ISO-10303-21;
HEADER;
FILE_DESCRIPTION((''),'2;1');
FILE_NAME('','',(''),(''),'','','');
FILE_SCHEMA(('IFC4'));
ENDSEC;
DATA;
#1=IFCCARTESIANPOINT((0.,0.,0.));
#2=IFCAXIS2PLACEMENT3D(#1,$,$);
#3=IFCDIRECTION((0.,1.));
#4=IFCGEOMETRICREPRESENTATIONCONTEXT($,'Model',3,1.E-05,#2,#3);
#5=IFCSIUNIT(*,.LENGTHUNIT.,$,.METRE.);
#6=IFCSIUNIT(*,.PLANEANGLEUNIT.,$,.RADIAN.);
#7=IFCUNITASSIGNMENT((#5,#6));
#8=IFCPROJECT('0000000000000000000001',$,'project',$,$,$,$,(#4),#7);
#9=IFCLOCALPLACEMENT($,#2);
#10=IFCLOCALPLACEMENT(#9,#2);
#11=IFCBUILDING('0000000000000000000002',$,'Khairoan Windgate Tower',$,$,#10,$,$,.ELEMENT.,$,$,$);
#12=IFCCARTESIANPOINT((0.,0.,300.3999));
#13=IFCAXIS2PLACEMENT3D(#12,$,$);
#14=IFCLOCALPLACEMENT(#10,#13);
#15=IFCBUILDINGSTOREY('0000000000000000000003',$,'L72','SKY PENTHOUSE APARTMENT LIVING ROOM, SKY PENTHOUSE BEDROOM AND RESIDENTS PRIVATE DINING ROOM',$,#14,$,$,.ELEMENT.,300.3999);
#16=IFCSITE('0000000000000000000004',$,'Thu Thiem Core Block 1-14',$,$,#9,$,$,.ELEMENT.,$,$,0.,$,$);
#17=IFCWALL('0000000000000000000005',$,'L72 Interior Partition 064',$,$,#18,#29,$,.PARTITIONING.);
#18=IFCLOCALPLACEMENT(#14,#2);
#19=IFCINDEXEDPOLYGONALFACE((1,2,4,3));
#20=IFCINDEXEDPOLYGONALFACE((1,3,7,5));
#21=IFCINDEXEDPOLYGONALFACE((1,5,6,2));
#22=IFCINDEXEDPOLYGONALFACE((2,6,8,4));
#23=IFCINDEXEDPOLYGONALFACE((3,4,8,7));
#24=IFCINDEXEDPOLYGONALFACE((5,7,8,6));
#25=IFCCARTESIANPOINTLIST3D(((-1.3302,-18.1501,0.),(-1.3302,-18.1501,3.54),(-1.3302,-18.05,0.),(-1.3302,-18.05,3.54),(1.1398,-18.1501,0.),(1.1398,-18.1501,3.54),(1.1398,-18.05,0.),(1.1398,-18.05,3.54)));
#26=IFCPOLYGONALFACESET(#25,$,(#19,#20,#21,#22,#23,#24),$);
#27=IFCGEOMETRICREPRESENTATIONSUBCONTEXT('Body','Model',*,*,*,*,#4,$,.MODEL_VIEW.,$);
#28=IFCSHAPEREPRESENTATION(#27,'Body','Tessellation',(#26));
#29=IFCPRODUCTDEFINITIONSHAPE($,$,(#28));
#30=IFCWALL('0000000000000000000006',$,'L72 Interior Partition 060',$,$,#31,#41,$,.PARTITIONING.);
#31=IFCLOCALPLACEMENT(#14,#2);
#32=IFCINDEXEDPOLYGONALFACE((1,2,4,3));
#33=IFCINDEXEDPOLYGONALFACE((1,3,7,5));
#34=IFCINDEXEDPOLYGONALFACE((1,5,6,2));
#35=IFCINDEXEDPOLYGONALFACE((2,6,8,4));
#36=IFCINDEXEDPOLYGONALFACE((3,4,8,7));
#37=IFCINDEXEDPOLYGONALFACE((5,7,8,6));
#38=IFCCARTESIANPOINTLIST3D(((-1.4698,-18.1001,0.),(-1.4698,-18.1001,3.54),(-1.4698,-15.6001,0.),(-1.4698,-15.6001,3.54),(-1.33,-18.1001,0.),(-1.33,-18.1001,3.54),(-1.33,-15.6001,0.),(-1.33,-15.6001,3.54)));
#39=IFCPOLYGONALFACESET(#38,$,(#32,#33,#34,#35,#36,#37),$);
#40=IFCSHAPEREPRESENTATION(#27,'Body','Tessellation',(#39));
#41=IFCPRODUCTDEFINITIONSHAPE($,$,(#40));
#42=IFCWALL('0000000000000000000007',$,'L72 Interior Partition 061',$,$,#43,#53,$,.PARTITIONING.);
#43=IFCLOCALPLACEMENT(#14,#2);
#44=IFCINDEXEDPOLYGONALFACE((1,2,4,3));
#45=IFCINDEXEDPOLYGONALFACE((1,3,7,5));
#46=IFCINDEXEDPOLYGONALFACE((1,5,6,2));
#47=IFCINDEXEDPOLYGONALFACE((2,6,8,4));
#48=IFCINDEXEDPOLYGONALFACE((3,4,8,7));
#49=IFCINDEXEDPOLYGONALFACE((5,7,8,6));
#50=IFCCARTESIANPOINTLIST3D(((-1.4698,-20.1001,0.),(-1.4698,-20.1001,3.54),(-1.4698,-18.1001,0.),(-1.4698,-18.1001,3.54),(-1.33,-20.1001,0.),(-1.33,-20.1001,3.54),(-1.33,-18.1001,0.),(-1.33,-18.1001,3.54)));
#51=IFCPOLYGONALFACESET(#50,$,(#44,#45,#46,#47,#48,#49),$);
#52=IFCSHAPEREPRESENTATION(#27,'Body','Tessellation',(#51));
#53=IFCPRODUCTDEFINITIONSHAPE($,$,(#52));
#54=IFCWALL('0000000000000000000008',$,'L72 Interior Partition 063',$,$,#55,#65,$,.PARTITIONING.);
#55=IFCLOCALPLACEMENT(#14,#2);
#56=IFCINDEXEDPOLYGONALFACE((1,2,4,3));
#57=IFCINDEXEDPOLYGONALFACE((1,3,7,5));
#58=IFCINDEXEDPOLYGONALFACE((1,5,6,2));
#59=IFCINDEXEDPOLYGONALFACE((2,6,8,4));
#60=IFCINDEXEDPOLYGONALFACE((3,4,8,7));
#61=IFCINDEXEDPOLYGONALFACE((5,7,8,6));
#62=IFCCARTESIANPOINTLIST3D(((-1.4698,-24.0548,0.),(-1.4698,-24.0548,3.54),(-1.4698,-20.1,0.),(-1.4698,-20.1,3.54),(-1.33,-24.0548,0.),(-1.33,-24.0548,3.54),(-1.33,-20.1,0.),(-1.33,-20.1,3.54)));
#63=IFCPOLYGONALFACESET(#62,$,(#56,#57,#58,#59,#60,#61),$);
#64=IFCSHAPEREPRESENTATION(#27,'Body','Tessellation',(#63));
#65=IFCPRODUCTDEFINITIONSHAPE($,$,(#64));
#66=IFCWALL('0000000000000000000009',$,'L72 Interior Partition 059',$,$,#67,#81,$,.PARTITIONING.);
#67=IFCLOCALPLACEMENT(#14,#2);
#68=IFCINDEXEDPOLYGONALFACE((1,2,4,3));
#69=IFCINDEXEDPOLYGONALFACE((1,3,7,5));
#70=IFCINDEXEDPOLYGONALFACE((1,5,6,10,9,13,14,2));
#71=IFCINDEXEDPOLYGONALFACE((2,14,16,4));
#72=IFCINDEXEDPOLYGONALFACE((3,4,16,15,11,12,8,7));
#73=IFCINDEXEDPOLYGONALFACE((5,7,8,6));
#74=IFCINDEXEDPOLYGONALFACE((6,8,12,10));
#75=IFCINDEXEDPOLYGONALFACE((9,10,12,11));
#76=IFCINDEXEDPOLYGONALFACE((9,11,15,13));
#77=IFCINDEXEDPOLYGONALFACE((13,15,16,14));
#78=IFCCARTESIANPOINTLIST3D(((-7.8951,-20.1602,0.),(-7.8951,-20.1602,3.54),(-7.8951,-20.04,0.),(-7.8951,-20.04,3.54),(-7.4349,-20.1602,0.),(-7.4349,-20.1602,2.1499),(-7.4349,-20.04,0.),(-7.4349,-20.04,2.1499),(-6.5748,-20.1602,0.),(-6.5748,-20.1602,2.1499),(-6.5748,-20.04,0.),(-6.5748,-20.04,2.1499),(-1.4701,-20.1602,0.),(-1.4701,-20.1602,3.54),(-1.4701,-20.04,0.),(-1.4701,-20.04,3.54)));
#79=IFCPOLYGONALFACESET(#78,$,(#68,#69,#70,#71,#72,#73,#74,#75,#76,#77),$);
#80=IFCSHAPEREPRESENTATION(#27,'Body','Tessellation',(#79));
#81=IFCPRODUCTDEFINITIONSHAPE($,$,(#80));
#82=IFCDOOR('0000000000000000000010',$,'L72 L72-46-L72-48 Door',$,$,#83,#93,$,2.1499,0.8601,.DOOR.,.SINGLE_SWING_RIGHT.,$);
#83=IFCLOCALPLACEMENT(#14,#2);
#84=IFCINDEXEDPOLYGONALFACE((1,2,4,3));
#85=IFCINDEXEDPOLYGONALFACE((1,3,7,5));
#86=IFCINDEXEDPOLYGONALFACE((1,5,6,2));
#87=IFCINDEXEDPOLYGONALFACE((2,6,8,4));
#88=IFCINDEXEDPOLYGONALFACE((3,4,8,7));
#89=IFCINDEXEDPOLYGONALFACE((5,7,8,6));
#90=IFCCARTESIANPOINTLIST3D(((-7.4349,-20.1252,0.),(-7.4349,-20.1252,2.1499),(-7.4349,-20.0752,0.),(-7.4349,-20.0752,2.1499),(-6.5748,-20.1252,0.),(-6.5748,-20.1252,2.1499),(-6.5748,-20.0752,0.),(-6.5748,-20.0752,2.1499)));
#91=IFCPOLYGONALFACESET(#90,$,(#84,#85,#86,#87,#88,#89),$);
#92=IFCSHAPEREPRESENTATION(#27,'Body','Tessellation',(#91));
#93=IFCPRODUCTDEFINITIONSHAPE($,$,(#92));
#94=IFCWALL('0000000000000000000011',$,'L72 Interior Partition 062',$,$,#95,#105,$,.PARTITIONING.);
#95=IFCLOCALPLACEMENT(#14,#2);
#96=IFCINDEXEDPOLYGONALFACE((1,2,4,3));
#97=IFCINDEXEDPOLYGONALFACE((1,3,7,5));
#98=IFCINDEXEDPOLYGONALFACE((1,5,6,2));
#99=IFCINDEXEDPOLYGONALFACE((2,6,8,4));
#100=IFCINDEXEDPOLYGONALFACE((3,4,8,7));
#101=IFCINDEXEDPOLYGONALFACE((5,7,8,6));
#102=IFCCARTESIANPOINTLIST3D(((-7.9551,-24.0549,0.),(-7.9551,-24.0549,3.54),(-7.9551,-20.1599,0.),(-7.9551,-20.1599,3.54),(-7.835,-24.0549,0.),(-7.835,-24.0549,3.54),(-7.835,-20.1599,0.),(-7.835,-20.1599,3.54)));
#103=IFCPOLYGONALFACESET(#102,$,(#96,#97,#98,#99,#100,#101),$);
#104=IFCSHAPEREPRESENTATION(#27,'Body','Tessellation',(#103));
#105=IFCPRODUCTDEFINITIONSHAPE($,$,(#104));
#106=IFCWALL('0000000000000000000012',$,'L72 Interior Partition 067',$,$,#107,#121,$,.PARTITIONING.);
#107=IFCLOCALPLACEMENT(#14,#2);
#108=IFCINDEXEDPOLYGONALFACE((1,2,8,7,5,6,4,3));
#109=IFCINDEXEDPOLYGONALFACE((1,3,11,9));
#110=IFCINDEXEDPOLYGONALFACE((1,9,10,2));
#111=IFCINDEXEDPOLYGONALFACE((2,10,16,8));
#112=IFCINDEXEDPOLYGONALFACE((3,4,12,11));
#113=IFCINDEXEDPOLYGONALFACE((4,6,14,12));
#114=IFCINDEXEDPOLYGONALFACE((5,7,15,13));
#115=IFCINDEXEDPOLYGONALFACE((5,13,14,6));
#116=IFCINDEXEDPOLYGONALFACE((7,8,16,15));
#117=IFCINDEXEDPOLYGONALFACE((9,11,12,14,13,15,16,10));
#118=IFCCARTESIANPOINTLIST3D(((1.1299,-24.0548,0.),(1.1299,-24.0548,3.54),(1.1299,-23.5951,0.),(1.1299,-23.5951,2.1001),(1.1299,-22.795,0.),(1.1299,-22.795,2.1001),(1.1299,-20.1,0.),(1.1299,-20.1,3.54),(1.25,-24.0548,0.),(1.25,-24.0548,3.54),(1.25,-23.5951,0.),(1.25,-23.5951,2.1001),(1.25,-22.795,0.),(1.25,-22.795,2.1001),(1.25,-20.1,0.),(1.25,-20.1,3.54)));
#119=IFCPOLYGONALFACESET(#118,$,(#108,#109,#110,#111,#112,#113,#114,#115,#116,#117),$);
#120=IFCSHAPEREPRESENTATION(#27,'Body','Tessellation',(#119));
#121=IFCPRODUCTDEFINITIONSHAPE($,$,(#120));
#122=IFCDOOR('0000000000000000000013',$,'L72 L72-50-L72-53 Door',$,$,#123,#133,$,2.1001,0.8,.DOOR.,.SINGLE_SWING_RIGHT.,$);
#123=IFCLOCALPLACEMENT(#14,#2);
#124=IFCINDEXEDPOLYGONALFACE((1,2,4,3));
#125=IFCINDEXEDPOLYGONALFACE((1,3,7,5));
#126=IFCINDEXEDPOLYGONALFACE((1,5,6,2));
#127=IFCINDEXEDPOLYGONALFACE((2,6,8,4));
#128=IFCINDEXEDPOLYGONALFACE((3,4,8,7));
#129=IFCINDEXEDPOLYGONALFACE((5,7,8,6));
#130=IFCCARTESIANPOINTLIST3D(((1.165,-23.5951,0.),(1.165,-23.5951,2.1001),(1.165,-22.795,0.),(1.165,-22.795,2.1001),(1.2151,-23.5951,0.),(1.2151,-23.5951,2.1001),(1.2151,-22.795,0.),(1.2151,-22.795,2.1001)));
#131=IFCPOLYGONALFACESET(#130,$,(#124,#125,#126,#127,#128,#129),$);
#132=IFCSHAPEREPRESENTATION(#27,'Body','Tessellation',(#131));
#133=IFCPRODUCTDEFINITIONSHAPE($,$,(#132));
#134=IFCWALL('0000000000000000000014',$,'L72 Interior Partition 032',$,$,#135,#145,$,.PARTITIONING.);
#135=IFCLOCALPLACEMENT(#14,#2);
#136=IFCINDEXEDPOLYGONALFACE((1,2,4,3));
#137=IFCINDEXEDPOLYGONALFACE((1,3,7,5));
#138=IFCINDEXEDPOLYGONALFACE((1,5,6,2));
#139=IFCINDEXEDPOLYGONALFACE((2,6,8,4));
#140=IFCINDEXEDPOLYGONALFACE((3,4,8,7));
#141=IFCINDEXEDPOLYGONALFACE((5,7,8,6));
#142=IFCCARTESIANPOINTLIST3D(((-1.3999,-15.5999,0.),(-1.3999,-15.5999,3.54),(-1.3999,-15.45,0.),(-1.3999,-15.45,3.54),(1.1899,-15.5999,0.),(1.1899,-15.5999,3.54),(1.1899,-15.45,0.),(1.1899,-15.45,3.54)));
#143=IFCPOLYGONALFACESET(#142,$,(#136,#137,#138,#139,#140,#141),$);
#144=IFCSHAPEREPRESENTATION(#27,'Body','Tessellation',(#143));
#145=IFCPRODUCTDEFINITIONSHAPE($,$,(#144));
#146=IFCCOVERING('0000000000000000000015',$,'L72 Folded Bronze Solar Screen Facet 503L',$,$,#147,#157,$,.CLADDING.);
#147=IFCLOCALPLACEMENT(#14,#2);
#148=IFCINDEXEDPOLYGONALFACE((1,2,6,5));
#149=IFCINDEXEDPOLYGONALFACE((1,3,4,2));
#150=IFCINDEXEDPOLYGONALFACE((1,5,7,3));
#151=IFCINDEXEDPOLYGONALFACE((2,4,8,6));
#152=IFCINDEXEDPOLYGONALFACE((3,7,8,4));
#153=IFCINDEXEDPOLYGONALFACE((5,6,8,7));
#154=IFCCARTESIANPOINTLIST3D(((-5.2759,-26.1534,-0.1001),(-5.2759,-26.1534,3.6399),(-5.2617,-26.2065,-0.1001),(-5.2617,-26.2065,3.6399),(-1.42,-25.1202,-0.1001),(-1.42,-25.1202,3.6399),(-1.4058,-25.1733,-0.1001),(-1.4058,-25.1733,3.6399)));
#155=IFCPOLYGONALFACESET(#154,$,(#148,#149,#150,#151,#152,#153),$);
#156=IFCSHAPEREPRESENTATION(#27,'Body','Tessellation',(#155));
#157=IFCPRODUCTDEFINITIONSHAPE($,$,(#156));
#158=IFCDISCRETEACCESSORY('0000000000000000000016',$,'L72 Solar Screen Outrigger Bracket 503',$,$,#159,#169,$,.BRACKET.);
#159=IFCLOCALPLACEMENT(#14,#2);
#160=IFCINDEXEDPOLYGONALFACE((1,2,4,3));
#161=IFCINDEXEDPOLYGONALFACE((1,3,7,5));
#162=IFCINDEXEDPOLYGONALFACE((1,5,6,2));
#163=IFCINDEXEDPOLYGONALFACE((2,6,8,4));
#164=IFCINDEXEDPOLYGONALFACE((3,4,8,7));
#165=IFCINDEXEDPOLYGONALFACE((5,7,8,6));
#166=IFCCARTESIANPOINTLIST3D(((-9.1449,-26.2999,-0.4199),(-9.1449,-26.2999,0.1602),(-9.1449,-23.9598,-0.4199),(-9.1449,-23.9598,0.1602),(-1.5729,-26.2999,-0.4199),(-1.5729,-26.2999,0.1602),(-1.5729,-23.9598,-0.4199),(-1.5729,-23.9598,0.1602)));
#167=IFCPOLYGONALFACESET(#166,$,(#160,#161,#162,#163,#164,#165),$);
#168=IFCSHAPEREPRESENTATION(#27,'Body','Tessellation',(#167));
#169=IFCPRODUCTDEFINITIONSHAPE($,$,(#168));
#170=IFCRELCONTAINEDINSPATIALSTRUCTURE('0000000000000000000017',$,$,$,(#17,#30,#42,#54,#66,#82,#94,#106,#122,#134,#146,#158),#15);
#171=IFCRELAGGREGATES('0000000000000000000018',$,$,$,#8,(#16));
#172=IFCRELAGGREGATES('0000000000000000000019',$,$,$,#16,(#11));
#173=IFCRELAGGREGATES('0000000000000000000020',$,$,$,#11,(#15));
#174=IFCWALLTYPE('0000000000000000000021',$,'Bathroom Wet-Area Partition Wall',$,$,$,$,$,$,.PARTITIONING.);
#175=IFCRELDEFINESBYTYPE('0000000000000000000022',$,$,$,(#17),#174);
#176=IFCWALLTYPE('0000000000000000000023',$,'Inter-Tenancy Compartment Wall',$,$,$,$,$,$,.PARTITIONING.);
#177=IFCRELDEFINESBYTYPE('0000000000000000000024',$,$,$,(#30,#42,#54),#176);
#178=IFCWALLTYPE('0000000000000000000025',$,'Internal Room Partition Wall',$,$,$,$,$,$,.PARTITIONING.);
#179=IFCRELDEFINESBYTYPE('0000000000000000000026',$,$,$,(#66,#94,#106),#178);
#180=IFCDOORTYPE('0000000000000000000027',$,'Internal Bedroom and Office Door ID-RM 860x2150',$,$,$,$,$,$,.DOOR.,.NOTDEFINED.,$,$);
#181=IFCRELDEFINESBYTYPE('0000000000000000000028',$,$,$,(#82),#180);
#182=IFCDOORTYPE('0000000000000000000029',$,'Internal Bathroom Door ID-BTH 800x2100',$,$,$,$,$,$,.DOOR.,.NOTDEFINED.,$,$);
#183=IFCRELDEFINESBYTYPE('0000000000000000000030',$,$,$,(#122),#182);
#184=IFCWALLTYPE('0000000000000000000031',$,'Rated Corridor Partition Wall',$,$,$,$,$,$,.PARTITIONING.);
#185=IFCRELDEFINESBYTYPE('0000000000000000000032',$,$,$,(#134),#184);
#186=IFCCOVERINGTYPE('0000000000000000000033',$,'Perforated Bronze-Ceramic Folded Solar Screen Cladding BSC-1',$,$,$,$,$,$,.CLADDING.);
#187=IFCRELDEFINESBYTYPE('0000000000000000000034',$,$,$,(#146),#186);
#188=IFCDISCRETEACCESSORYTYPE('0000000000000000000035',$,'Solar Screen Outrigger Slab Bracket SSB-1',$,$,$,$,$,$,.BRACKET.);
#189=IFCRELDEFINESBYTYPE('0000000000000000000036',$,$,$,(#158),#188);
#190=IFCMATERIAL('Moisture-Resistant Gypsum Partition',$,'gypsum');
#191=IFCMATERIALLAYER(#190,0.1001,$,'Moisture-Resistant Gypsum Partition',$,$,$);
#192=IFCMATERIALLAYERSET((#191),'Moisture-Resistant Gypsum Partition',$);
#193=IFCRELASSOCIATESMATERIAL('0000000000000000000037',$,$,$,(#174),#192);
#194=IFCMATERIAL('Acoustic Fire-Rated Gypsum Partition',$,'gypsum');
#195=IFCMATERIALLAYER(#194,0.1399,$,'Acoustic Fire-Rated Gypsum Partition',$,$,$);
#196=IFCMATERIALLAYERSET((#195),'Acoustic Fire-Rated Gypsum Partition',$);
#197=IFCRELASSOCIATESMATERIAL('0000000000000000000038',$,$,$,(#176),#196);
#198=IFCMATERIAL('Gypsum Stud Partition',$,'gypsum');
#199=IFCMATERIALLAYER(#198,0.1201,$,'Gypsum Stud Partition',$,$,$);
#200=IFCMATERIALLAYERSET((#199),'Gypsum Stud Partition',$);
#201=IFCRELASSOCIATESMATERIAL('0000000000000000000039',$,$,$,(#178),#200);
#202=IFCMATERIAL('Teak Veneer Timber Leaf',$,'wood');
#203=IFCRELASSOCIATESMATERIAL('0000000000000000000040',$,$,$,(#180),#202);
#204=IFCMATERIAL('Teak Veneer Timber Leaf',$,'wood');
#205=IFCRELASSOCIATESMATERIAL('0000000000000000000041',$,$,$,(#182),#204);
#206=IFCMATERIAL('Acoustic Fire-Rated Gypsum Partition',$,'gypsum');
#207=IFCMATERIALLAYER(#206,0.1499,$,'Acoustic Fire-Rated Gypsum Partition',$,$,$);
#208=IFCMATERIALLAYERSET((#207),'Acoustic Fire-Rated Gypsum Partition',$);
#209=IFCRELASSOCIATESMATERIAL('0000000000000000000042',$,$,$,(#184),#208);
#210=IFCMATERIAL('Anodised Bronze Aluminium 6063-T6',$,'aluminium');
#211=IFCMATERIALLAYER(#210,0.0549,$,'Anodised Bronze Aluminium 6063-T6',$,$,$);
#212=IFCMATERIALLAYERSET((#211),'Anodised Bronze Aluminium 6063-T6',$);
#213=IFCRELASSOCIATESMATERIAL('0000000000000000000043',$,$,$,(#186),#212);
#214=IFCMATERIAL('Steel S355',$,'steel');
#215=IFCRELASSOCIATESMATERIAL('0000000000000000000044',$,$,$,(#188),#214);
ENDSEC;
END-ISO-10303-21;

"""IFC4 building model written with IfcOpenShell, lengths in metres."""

from ifc_helpers import new_model, si_unit, direction, frame, frame_2d, origin, origin_2d, place, context, subcontext, project, spatial, rectangle, extrude, material, layer, layer_set, type_object, element, fill, save


model = new_model("IFC4")

# Units and contexts
model_context = context("Model", 3, precision=1e-05, world=origin(), true_north=direction((0.0, 1.0)))
body_context = subcontext(model_context, "Body", "Model", "MODEL_VIEW")
ifc_project = project(units=[si_unit("LENGTHUNIT", "METRE"), si_unit("PLANEANGLEUNIT", "RADIAN")], contexts=[model_context])

# Site, building, storey
site_placement = place(None, origin())
site = spatial("IfcSite", under=ifc_project, at=site_placement, Name="Thu Thiem Core Block 1-14", CompositionType="ELEMENT", RefElevation=0.0)
building_placement = place(site_placement, origin())
building = spatial("IfcBuilding", under=site, at=building_placement, Name="Khairoan Windgate Tower", CompositionType="ELEMENT")
storey_placement = place(building_placement, frame((0.0, 0.0, 300.3999)))
storey = spatial("IfcBuildingStorey", under=building, at=storey_placement, Name="L72", Description="SKY PENTHOUSE APARTMENT LIVING ROOM, SKY PENTHOUSE BEDROOM AND RESIDENTS PRIVATE DINING ROOM", CompositionType="ELEMENT", Elevation=300.3999)

# Walls
ifc_material_1 = material(Name="Moisture-Resistant Gypsum Partition", Category="gypsum")
ifc_layer_1 = layer(ifc_material_1, 0.1001, Name="Moisture-Resistant Gypsum Partition")
ifc_layer_set_1 = layer_set([ifc_layer_1], Name="Moisture-Resistant Gypsum Partition")
wall_type_1 = type_object("IfcWallType", Name="Bathroom Wet-Area Partition Wall", PredefinedType="PARTITIONING", material=ifc_layer_set_1)
wall_1_placement = place(storey_placement, frame((-1.3301, -18.1001, 0.0), z_axis=(0.0, 0.0, 1.0), x_axis=(1.0, 0.0, 0.0)))
element("IfcWall", 1, at=wall_1_placement, inside=storey, type_object=wall_type_1, Name="L72 Interior Partition 064", PredefinedType="PARTITIONING", context=body_context, shape_type="SweptSolid", body=[
    extrude(rectangle(XDim=2.47, YDim=0.1001, at=frame_2d((1.2349, 0.0))), origin(), (0.0, 0.0, 1.0), 3.54),
])
ifc_material_2 = material(Name="Acoustic Fire-Rated Gypsum Partition", Category="gypsum")
ifc_layer_2 = layer(ifc_material_2, 0.1399, Name="Acoustic Fire-Rated Gypsum Partition")
ifc_layer_set_2 = layer_set([ifc_layer_2], Name="Acoustic Fire-Rated Gypsum Partition")
wall_type_2 = type_object("IfcWallType", Name="Inter-Tenancy Compartment Wall", PredefinedType="PARTITIONING", material=ifc_layer_set_2)
wall_2_placement = place(storey_placement, frame((-1.3999, -18.1001, 0.0), z_axis=(0.0, 0.0, 1.0), x_axis=(0.0, 1.0, 0.0)))
element("IfcWall", 2, at=wall_2_placement, inside=storey, type_object=wall_type_2, Name="L72 Interior Partition 060", PredefinedType="PARTITIONING", context=body_context, shape_type="SweptSolid", body=[
    extrude(rectangle(XDim=2.5, YDim=0.1399, at=frame_2d((1.25, 0.0))), origin(), (0.0, 0.0, 1.0), 3.54),
])
wall_3_placement = place(storey_placement, frame((-1.3999, -20.1001, 0.0), z_axis=(0.0, 0.0, 1.0), x_axis=(0.0, 1.0, 0.0)))
element("IfcWall", 3, at=wall_3_placement, inside=storey, type_object=wall_type_2, Name="L72 Interior Partition 061", PredefinedType="PARTITIONING", context=body_context, shape_type="SweptSolid", body=[
    extrude(rectangle(XDim=2.0, YDim=0.1399, at=frame_2d((1.0, 0.0))), origin(), (0.0, 0.0, 1.0), 3.54),
])
wall_4_placement = place(storey_placement, frame((-1.3999, -24.0549, 0.0), z_axis=(0.0, 0.0, 1.0), x_axis=(0.0, 1.0, 0.0)))
element("IfcWall", 4, at=wall_4_placement, inside=storey, type_object=wall_type_2, Name="L72 Interior Partition 063", PredefinedType="PARTITIONING", context=body_context, shape_type="SweptSolid", body=[
    extrude(rectangle(XDim=3.9548, YDim=0.1399, at=frame_2d((1.9775, 0.0))), origin(), (0.0, 0.0, 1.0), 3.54),
])

# Wall, opening, door
ifc_material_3 = material(Name="Gypsum Stud Partition", Category="gypsum")
ifc_layer_3 = layer(ifc_material_3, 0.1201, Name="Gypsum Stud Partition")
ifc_layer_set_3 = layer_set([ifc_layer_3], Name="Gypsum Stud Partition")
wall_type_3 = type_object("IfcWallType", Name="Internal Room Partition Wall", PredefinedType="PARTITIONING", material=ifc_layer_set_3)
wall_5_placement = place(storey_placement, frame((-7.895, -20.1001, 0.0), z_axis=(0.0, 0.0, 1.0), x_axis=(1.0, 0.0, 0.0)))
wall_5 = element("IfcWall", 5, at=wall_5_placement, inside=storey, type_object=wall_type_3, Name="L72 Interior Partition 059", PredefinedType="PARTITIONING", context=body_context, shape_type="SweptSolid", body=[
    extrude(rectangle(XDim=6.425, YDim=0.1201, at=frame_2d((3.2124, 0.0))), origin(), (0.0, 0.0, 1.0), 3.54),
])
opening_1_placement = place(wall_5_placement, frame((0.46, 0.0, 0.0)))
opening_1 = element("IfcOpeningElement", 6, at=opening_1_placement, cuts=wall_5, PredefinedType="OPENING", context=body_context, shape_type="SweptSolid", body=[
    extrude(rectangle(XDim=0.8601, YDim=2.1499, at=frame_2d((0.4302, 1.075))), frame((0.0, 0.0701, 0.0), z_axis=(0.0, -1.0, 0.0), x_axis=(1.0, 0.0, 0.0)), (0.0, 0.0, 1.0), 0.1401),
])
ifc_material_4 = material(Name="Teak Veneer Timber Leaf", Category="wood")
door_type_1 = type_object("IfcDoorType", Name="Internal Bedroom and Office Door ID-RM 860x2150", OperationType="NOTDEFINED", PredefinedType="DOOR", material=ifc_material_4)
door_1_placement = place(opening_1_placement, origin())
door_1 = element("IfcDoor", 7, at=door_1_placement, inside=storey, type_object=door_type_1, Name="L72 L72-46-L72-48 Door", OperationType="SINGLE_SWING_RIGHT", OverallHeight=2.1499, OverallWidth=0.8601, PredefinedType="DOOR", context=body_context, shape_type="SweptSolid", body=[
    extrude(rectangle(XDim=0.8601, YDim=2.1499, at=frame_2d((0.4302, 1.075))), frame((0.0, 0.0249, 0.0), z_axis=(0.0, -1.0, 0.0), x_axis=(1.0, 0.0, 0.0)), (0.0, 0.0, 1.0), 0.05),
])
fill(opening_1, door_1)

# Wall
wall_6_placement = place(storey_placement, frame((-7.895, -24.0549, 0.0), z_axis=(0.0, 0.0, 1.0), x_axis=(0.0, 1.0, 0.0)))
element("IfcWall", 8, at=wall_6_placement, inside=storey, type_object=wall_type_3, Name="L72 Interior Partition 062", PredefinedType="PARTITIONING", context=body_context, shape_type="SweptSolid", body=[
    extrude(rectangle(XDim=3.895, YDim=0.1201, at=frame_2d((1.9475, 0.0))), origin(), (0.0, 0.0, 1.0), 3.54),
])

# Wall, opening, door
wall_7_placement = place(storey_placement, frame((1.1899, -24.0549, 0.0), z_axis=(0.0, 0.0, 1.0), x_axis=(0.0, 1.0, 0.0)))
wall_7 = element("IfcWall", 9, at=wall_7_placement, inside=storey, type_object=wall_type_3, Name="L72 Interior Partition 067", PredefinedType="PARTITIONING", context=body_context, shape_type="SweptSolid", body=[
    extrude(rectangle(XDim=3.9548, YDim=0.1201, at=frame_2d((1.9775, 0.0))), origin(), (0.0, 0.0, 1.0), 3.54),
])
opening_2_placement = place(wall_7_placement, frame((0.46, 0.0, 0.0)))
opening_2 = element("IfcOpeningElement", 10, at=opening_2_placement, cuts=wall_7, PredefinedType="OPENING", context=body_context, shape_type="SweptSolid", body=[
    extrude(rectangle(XDim=0.8, YDim=2.1001, at=frame_2d((0.3999, 1.05))), frame((0.0, 0.0701, 0.0), z_axis=(0.0, -1.0, 0.0), x_axis=(1.0, 0.0, 0.0)), (0.0, 0.0, 1.0), 0.1401),
])
ifc_material_5 = material(Name="Teak Veneer Timber Leaf", Category="wood")
door_type_2 = type_object("IfcDoorType", Name="Internal Bathroom Door ID-BTH 800x2100", OperationType="NOTDEFINED", PredefinedType="DOOR", material=ifc_material_5)
door_2_placement = place(opening_2_placement, origin())
door_2 = element("IfcDoor", 11, at=door_2_placement, inside=storey, type_object=door_type_2, Name="L72 L72-50-L72-53 Door", OperationType="SINGLE_SWING_RIGHT", OverallHeight=2.1001, OverallWidth=0.8, PredefinedType="DOOR", context=body_context, shape_type="SweptSolid", body=[
    extrude(rectangle(XDim=0.8, YDim=2.1001, at=frame_2d((0.3999, 1.05))), frame((0.0, 0.0249, 0.0), z_axis=(0.0, -1.0, 0.0), x_axis=(1.0, 0.0, 0.0)), (0.0, 0.0, 1.0), 0.05),
])
fill(opening_2, door_2)

# Wall
ifc_material_6 = material(Name="Acoustic Fire-Rated Gypsum Partition", Category="gypsum")
ifc_layer_4 = layer(ifc_material_6, 0.1499, Name="Acoustic Fire-Rated Gypsum Partition")
ifc_layer_set_4 = layer_set([ifc_layer_4], Name="Acoustic Fire-Rated Gypsum Partition")
wall_type_4 = type_object("IfcWallType", Name="Rated Corridor Partition Wall", PredefinedType="PARTITIONING", material=ifc_layer_set_4)
wall_8_placement = place(storey_placement, frame((-1.3999, -15.5249, 0.0), z_axis=(0.0, 0.0, 1.0), x_axis=(1.0, 0.0, 0.0)))
element("IfcWall", 12, at=wall_8_placement, inside=storey, type_object=wall_type_4, Name="L72 Interior Partition 032", PredefinedType="PARTITIONING", context=body_context, shape_type="SweptSolid", body=[
    extrude(rectangle(XDim=2.5898, YDim=0.1499, at=frame_2d((1.2949, 0.0))), origin(), (0.0, 0.0, 1.0), 3.54),
])

# Covering
ifc_material_7 = material(Name="Anodised Bronze Aluminium 6063-T6", Category="aluminium")
ifc_layer_5 = layer(ifc_material_7, 0.0549, Name="Anodised Bronze Aluminium 6063-T6")
ifc_layer_set_5 = layer_set([ifc_layer_5], Name="Anodised Bronze Aluminium 6063-T6")
covering_type = type_object("IfcCoveringType", Name="Perforated Bronze-Ceramic Folded Solar Screen Cladding BSC-1", PredefinedType="CLADDING", material=ifc_layer_set_5)
covering_placement = place(storey_placement, frame((-3.3408, -25.6633, -0.1001), z_axis=(0.0, 0.0, 1.0), x_axis=(-0.965926, -0.258819, 0.0)))
element("IfcCovering", 13, at=covering_placement, inside=storey, type_object=covering_type, Name="L72 Folded Bronze Solar Screen Facet 503L", PredefinedType="CLADDING", context=body_context, shape_type="SweptSolid", body=[
    extrude(rectangle(XDim=3.9919, YDim=0.0549, at=origin_2d()), origin(), (0.0, 0.0, 1.0), 3.74),
])

# Discrete accessory
ifc_material_8 = material(Name="Steel S355", Category="steel")
discrete_accessory_type = type_object("IfcDiscreteAccessoryType", Name="Solar Screen Outrigger Slab Bracket SSB-1", PredefinedType="BRACKET", material=ifc_material_8)
discrete_accessory_placement = place(storey_placement, frame((-5.3589, -25.1299, -0.4199), z_axis=(0.0, 0.0, 1.0), x_axis=(-1.0, 0.0, 0.0)))
element("IfcDiscreteAccessory", 14, at=discrete_accessory_placement, inside=storey, type_object=discrete_accessory_type, Name="L72 Solar Screen Outrigger Bracket 503", PredefinedType="BRACKET", context=body_context, shape_type="SweptSolid", body=[
    extrude(rectangle(XDim=7.572, YDim=2.3401, at=origin_2d()), origin(), (0.0, 0.0, 1.0), 0.5801),
])

save(model, "model.ifc")
